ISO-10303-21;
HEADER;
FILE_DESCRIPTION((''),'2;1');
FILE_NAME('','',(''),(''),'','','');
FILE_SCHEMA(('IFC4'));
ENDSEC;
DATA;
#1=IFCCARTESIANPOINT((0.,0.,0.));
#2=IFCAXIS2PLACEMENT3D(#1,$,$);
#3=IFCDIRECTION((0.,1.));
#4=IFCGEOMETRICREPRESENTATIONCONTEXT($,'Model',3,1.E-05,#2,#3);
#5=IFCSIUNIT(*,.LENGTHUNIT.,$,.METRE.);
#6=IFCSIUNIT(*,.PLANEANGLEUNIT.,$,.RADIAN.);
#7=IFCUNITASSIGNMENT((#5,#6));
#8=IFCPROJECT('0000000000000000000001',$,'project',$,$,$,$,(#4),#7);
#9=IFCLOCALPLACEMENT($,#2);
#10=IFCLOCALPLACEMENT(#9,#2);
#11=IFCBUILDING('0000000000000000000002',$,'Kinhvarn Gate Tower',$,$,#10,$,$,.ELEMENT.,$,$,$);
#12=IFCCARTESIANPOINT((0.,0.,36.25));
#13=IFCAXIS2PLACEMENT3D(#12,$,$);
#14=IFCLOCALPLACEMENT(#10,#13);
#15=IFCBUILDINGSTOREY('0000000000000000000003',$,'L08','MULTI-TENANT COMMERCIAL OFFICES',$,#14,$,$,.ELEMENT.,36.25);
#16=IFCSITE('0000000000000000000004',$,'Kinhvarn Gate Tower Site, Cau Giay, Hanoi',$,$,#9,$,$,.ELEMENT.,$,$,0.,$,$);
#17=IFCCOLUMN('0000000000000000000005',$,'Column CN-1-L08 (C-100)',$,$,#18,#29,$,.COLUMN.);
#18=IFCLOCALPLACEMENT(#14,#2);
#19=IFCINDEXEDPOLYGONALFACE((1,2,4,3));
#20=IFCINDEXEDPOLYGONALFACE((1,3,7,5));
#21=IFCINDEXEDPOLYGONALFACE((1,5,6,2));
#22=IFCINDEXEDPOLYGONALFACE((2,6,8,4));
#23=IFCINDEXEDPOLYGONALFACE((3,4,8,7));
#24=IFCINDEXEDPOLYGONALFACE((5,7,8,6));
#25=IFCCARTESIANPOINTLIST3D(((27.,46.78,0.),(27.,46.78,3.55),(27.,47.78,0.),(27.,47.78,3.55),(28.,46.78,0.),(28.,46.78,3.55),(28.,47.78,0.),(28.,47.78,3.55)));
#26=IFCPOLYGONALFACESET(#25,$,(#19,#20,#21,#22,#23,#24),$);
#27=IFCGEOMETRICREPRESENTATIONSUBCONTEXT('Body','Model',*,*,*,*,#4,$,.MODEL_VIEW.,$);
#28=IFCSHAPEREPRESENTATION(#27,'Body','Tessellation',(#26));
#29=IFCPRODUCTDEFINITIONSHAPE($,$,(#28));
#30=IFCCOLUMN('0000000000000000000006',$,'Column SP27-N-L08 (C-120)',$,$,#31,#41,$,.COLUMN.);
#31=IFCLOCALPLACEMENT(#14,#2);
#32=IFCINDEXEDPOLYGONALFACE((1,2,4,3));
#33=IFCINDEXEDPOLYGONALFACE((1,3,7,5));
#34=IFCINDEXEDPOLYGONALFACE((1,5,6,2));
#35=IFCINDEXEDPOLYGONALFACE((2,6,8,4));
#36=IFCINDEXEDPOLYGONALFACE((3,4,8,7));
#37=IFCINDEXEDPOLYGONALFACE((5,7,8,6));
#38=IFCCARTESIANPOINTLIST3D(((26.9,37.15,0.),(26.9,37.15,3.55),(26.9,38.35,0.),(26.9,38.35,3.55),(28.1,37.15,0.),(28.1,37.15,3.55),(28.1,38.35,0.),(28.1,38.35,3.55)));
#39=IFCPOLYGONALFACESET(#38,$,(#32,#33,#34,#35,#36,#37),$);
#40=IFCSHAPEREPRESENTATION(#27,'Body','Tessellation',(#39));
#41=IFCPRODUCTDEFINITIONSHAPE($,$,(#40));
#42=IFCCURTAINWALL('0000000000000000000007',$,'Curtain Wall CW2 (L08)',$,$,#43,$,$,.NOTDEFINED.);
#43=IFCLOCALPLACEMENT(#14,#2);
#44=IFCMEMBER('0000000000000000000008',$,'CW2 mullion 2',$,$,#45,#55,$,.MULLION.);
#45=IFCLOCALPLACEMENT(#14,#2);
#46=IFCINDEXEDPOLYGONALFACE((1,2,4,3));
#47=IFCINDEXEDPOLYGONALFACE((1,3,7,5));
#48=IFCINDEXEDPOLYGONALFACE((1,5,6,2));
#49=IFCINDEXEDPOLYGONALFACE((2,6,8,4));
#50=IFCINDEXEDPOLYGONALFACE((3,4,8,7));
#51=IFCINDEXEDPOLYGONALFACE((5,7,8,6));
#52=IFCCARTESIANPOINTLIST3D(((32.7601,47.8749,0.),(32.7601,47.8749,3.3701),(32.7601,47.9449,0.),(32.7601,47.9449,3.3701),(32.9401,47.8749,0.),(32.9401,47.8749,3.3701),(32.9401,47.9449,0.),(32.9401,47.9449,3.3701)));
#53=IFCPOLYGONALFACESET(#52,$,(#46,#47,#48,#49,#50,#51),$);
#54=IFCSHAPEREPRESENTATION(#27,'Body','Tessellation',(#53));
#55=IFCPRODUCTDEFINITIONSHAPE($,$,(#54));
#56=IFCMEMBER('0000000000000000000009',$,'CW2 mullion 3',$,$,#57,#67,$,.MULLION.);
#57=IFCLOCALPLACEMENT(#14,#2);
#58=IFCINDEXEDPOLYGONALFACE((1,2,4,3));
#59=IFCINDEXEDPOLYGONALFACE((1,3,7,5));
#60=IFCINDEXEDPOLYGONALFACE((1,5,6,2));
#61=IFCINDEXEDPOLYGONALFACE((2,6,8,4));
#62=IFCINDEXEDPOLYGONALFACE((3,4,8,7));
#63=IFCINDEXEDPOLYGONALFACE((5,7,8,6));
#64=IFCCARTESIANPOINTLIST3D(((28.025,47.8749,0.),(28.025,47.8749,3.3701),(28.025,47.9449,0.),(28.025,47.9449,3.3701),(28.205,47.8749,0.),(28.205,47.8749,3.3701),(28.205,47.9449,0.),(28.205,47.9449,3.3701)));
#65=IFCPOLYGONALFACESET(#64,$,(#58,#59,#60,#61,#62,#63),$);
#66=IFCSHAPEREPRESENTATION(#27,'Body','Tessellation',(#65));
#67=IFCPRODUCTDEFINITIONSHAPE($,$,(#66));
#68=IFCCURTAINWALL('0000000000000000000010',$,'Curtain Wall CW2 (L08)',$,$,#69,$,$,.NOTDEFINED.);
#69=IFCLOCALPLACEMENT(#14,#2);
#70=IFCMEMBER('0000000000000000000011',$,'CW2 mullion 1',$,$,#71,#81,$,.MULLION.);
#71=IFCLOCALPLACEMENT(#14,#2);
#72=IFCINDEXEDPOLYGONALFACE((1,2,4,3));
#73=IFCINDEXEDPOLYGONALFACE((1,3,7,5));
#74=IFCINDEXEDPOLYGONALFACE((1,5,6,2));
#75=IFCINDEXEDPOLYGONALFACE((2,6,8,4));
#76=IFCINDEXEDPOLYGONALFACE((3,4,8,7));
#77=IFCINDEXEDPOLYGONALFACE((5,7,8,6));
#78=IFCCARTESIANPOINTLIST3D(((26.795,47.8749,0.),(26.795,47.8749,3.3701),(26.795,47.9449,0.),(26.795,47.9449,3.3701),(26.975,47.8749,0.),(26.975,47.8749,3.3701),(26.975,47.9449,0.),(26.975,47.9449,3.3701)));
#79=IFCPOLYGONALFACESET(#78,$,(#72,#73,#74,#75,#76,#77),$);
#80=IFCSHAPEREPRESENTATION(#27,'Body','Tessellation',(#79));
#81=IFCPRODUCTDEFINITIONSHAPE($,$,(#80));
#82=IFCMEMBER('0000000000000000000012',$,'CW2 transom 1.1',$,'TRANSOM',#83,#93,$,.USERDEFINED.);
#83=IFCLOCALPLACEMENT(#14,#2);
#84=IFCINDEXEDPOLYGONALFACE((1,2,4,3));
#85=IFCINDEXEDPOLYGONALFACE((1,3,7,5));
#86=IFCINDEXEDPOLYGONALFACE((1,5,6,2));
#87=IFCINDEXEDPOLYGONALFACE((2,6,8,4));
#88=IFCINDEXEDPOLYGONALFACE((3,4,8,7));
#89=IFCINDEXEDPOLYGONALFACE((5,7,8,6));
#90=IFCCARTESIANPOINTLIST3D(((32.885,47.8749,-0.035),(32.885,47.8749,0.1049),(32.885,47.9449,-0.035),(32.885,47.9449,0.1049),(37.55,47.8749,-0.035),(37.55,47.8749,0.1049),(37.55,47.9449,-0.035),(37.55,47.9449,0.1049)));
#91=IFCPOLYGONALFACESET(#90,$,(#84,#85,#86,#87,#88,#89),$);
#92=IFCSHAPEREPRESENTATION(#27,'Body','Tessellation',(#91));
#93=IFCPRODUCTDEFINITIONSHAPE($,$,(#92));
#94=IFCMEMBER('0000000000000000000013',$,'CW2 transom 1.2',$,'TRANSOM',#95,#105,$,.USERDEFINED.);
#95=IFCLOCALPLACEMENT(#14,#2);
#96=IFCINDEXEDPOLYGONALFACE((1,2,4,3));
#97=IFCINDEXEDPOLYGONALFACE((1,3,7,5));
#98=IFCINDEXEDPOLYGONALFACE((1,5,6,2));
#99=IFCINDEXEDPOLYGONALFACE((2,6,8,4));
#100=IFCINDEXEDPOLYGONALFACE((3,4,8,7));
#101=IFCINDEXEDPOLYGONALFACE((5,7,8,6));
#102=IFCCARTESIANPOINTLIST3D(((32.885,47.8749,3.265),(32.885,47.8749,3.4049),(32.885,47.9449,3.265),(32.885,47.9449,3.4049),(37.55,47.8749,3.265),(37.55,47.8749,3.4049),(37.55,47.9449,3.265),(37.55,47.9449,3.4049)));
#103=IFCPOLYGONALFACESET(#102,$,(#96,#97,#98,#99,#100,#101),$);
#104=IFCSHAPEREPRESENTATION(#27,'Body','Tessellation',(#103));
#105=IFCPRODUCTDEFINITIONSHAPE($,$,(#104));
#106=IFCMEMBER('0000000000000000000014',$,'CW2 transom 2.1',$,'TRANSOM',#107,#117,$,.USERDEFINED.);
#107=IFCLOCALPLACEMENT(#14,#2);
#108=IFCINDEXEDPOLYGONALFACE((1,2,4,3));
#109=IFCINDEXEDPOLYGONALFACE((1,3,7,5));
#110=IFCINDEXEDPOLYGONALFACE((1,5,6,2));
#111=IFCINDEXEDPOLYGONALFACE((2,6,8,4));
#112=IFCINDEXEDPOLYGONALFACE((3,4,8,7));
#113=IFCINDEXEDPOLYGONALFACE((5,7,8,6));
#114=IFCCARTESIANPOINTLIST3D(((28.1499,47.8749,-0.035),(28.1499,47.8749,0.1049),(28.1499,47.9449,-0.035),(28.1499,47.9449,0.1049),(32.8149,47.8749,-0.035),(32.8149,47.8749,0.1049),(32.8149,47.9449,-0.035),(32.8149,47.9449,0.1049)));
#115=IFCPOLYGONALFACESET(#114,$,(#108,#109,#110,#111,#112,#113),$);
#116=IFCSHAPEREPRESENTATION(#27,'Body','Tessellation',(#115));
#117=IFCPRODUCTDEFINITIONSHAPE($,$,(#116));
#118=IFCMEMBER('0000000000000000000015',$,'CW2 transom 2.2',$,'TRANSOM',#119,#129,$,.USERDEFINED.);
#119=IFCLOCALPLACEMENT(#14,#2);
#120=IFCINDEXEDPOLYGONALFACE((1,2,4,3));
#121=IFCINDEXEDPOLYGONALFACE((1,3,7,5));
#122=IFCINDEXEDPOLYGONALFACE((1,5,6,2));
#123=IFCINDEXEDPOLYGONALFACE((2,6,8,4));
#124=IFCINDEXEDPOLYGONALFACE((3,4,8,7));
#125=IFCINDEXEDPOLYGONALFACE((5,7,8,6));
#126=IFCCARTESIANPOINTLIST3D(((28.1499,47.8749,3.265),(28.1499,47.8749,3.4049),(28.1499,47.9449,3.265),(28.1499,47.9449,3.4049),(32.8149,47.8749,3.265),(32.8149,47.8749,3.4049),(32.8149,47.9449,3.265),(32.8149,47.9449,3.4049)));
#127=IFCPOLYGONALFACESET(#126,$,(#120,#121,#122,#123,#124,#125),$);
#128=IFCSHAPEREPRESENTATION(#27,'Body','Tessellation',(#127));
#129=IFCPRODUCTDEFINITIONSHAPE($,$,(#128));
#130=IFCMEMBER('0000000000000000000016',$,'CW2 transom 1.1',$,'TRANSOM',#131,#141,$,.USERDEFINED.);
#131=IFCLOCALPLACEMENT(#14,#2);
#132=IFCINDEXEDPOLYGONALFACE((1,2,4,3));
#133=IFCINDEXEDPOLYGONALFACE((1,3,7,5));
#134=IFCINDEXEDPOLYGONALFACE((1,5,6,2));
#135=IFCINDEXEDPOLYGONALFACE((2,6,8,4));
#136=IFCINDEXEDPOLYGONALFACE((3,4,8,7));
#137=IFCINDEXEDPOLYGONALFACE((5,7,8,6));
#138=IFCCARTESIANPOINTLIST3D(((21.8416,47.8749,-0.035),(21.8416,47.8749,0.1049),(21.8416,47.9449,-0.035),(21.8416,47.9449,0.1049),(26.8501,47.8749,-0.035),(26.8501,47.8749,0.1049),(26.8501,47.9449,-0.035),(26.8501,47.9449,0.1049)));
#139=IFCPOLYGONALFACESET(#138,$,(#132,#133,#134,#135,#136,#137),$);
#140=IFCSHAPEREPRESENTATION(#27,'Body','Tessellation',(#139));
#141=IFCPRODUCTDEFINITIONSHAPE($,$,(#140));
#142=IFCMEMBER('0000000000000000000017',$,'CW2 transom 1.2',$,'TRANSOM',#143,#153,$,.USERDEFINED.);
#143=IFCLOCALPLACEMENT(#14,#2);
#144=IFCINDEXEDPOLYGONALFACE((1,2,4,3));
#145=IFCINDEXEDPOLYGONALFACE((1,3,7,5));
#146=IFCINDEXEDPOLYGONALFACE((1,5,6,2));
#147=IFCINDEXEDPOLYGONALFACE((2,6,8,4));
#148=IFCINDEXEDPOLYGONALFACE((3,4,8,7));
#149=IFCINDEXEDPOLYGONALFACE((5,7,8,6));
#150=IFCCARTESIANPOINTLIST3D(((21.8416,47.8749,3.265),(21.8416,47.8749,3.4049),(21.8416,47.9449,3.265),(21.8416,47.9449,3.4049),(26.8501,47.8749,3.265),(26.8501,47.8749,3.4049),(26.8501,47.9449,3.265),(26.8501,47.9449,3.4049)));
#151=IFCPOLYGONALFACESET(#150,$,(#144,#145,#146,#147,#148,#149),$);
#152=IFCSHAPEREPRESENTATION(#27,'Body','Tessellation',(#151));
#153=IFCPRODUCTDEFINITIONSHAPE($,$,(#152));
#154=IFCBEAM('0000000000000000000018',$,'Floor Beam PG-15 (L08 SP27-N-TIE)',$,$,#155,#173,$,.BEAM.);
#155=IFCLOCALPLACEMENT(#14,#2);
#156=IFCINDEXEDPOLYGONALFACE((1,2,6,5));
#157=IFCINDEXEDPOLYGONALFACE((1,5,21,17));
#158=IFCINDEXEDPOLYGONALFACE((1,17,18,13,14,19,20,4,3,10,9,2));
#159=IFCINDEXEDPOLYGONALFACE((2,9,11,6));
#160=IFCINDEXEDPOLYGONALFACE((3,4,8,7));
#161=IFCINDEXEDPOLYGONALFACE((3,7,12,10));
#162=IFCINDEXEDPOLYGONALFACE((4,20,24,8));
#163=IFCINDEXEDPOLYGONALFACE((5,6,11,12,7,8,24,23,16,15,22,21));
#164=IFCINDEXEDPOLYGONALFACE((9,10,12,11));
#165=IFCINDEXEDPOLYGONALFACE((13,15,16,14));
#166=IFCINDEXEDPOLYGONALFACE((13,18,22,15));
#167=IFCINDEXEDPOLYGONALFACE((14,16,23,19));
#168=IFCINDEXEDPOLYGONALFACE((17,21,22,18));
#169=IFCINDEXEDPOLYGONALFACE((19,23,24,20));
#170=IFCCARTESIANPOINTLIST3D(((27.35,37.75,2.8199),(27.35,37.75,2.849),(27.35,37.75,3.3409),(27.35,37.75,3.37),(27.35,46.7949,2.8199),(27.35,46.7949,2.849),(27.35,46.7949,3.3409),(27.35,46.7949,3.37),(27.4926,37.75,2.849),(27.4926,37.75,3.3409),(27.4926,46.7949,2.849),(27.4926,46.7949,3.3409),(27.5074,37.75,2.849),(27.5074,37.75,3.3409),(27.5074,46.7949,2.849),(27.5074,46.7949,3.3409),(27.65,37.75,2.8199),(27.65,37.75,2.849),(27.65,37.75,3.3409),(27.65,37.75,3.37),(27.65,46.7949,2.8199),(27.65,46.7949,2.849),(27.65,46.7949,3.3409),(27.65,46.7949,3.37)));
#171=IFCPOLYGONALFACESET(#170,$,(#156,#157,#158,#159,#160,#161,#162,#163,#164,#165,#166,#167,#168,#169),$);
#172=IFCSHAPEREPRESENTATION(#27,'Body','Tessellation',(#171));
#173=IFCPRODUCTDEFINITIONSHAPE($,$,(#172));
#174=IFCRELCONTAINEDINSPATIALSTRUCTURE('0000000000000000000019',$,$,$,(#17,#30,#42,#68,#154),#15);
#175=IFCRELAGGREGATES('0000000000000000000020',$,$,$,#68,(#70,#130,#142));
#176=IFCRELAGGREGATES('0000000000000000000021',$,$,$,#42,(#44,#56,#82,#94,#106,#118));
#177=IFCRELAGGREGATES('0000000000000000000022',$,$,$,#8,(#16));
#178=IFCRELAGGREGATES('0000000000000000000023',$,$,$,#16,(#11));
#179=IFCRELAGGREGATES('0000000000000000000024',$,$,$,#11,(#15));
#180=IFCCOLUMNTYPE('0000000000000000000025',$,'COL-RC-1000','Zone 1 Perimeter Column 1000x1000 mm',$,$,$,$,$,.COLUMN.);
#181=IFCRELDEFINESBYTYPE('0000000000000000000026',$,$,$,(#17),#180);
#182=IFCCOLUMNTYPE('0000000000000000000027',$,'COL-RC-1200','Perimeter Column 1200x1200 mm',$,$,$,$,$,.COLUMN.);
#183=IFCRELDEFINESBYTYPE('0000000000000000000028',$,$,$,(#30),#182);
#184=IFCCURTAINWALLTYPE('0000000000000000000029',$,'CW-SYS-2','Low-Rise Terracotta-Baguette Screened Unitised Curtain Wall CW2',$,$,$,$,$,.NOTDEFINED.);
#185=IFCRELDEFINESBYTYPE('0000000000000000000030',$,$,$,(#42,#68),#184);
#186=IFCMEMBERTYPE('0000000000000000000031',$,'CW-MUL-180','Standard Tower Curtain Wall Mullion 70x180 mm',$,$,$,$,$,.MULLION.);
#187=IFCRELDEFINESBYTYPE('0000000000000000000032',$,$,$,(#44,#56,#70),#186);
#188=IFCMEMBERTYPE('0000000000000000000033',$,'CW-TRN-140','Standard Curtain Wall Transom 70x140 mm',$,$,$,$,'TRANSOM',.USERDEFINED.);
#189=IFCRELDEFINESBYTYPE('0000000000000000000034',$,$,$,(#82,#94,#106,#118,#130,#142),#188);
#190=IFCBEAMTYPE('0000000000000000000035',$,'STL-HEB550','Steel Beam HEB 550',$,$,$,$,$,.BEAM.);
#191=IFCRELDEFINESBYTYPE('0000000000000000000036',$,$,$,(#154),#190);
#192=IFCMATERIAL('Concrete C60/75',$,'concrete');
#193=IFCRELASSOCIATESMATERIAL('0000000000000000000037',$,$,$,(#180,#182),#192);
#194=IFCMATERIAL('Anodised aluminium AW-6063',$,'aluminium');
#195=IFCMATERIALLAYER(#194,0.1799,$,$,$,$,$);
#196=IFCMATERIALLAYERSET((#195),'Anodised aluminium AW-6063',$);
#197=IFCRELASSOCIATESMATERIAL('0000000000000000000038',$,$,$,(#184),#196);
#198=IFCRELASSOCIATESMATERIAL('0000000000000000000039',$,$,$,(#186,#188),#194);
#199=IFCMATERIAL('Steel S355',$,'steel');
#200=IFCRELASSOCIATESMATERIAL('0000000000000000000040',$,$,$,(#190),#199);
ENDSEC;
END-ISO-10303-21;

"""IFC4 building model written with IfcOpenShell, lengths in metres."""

from ifc_helpers import new_model, si_unit, direction, frame, origin, origin_2d, place, context, subcontext, project, spatial, rectangle, i_section, extrude, material, layer, layer_set, material_profile, profile_set, type_object, element, aggregate, save


model = new_model("IFC4")

# Units and contexts
model_context = context("Model", 3, precision=1e-05, world=origin(), true_north=direction((0.0, 1.0)))
body_context = subcontext(model_context, "Body", "Model", "MODEL_VIEW")
ifc_project = project(units=[si_unit("LENGTHUNIT", "METRE"), si_unit("PLANEANGLEUNIT", "RADIAN")], contexts=[model_context])

# Site, building, storey
site_placement = place(None, origin())
site = spatial("IfcSite", under=ifc_project, at=site_placement, Name="Kinhvarn Gate Tower Site, Cau Giay, Hanoi", CompositionType="ELEMENT", RefElevation=0.0)
building_placement = place(site_placement, origin())
building = spatial("IfcBuilding", under=site, at=building_placement, Name="Kinhvarn Gate Tower", CompositionType="ELEMENT")
storey_placement = place(building_placement, frame((0.0, 0.0, 36.25)))
storey = spatial("IfcBuildingStorey", under=building, at=storey_placement, Name="L08", Description="MULTI-TENANT COMMERCIAL OFFICES", CompositionType="ELEMENT", Elevation=36.25)

# Columns
ifc_material_1 = material(Name="Concrete C60/75", Category="concrete")
ifc_material_profile_1 = material_profile(ifc_material_1, rectangle(XDim=1.0, YDim=1.0, at=origin_2d()), Name="RC 1000x1000")
ifc_profile_set_1 = profile_set([ifc_material_profile_1], Name="Concrete C60/75")
column_type_1 = type_object("IfcColumnType", Name="COL-RC-1000", Description="Zone 1 Perimeter Column 1000x1000 mm", PredefinedType="COLUMN", material=ifc_profile_set_1)
column_1_placement = place(storey_placement, frame((27.5, 47.28, 0.0), z_axis=(0.0, 0.0, 1.0), x_axis=(1.0, 0.0, 0.0)))
element("IfcColumn", 1, at=column_1_placement, inside=storey, type_object=column_type_1, Name="Column CN-1-L08 (C-100)", PredefinedType="COLUMN", context=body_context, shape_type="SweptSolid", body=[
    extrude(rectangle(XDim=1.0, YDim=1.0, at=origin_2d()), origin(), (0.0, 0.0, 1.0), 3.55),
])
ifc_material_profile_2 = material_profile(ifc_material_1, rectangle(XDim=1.2, YDim=1.2, at=origin_2d()), Name="RC 1200x1200")
ifc_profile_set_2 = profile_set([ifc_material_profile_2], Name="Concrete C60/75")
column_type_2 = type_object("IfcColumnType", Name="COL-RC-1200", Description="Perimeter Column 1200x1200 mm", PredefinedType="COLUMN", material=ifc_profile_set_2)
column_2_placement = place(storey_placement, frame((27.5, 37.75, 0.0), z_axis=(0.0, 0.0, 1.0), x_axis=(1.0, 0.0, 0.0)))
element("IfcColumn", 2, at=column_2_placement, inside=storey, type_object=column_type_2, Name="Column SP27-N-L08 (C-120)", PredefinedType="COLUMN", context=body_context, shape_type="SweptSolid", body=[
    extrude(rectangle(XDim=1.2, YDim=1.2, at=origin_2d()), origin(), (0.0, 0.0, 1.0), 3.55),
])

# Curtain wall, members
ifc_material_2 = material(Name="Anodised aluminium AW-6063", Category="aluminium")
ifc_layer_1 = layer(ifc_material_2, 0.1799)
ifc_layer_set_1 = layer_set([ifc_layer_1], Name="Anodised aluminium AW-6063")
curtain_wall_type = type_object("IfcCurtainWallType", Name="CW-SYS-2", Description="Low-Rise Terracotta-Baguette Screened Unitised Curtain Wall CW2", PredefinedType="NOTDEFINED", material=ifc_layer_set_1)
curtain_wall_1_placement = place(storey_placement, origin())
curtain_wall_1 = element("IfcCurtainWall", 3, at=curtain_wall_1_placement, inside=storey, type_object=curtain_wall_type, Name="Curtain Wall CW2 (L08)", PredefinedType="NOTDEFINED")
ifc_material_profile_3 = material_profile(ifc_material_2, rectangle(XDim=0.0701, YDim=0.1799, at=origin_2d()), Name="ALU 70x180")
ifc_profile_set_3 = profile_set([ifc_material_profile_3], Name="Anodised aluminium AW-6063")
member_type_1 = type_object("IfcMemberType", Name="CW-MUL-180", Description="Standard Tower Curtain Wall Mullion 70x180 mm", PredefinedType="MULLION", material=ifc_profile_set_3)
member_1_placement = place(storey_placement, frame((32.8501, 47.9099, 0.0), z_axis=(0.0, 0.0, 1.0), x_axis=(0.0, -1.0, 0.0)))
member_1 = element("IfcMember", 4, at=member_1_placement, type_object=member_type_1, Name="CW2 mullion 2", PredefinedType="MULLION", context=body_context, shape_type="SweptSolid", body=[
    extrude(rectangle(XDim=0.0701, YDim=0.1799, at=origin_2d()), origin(), (0.0, 0.0, 1.0), 3.3701),
])
member_2_placement = place(storey_placement, frame((28.115, 47.9099, 0.0), z_axis=(0.0, 0.0, 1.0), x_axis=(0.0, -1.0, 0.0)))
member_2 = element("IfcMember", 5, at=member_2_placement, type_object=member_type_1, Name="CW2 mullion 3", PredefinedType="MULLION", context=body_context, shape_type="SweptSolid", body=[
    extrude(rectangle(XDim=0.0701, YDim=0.1799, at=origin_2d()), origin(), (0.0, 0.0, 1.0), 3.3701),
])

# Curtain wall, member
curtain_wall_2_placement = place(storey_placement, origin())
curtain_wall_2 = element("IfcCurtainWall", 6, at=curtain_wall_2_placement, inside=storey, type_object=curtain_wall_type, Name="Curtain Wall CW2 (L08)", PredefinedType="NOTDEFINED")
member_3_placement = place(storey_placement, frame((26.885, 47.9099, 0.0), z_axis=(0.0, 0.0, 1.0), x_axis=(0.0, -1.0, 0.0)))
member_3 = element("IfcMember", 7, at=member_3_placement, type_object=member_type_1, Name="CW2 mullion 1", PredefinedType="MULLION", context=body_context, shape_type="SweptSolid", body=[
    extrude(rectangle(XDim=0.0701, YDim=0.1799, at=origin_2d()), origin(), (0.0, 0.0, 1.0), 3.3701),
])

# Members
ifc_material_profile_4 = material_profile(ifc_material_2, rectangle(XDim=0.0701, YDim=0.1399, at=origin_2d()), Name="ALU 70x140")
ifc_profile_set_4 = profile_set([ifc_material_profile_4], Name="Anodised aluminium AW-6063")
member_type_2 = type_object("IfcMemberType", Name="CW-TRN-140", Description="Standard Curtain Wall Transom 70x140 mm", ElementType="TRANSOM", PredefinedType="USERDEFINED", material=ifc_profile_set_4)
member_4_placement = place(storey_placement, frame((37.55, 47.9099, 0.0349), z_axis=(-1.0, 0.0, 0.0), x_axis=(0.0, -1.0, 0.0)))
member_4 = element("IfcMember", 8, at=member_4_placement, type_object=member_type_2, Name="CW2 transom 1.1", ObjectType="TRANSOM", PredefinedType="USERDEFINED", context=body_context, shape_type="SweptSolid", body=[
    extrude(rectangle(XDim=0.0701, YDim=0.1399, at=origin_2d()), origin(), (0.0, 0.0, 1.0), 4.665),
])
member_5_placement = place(storey_placement, frame((37.55, 47.9099, 3.335), z_axis=(-1.0, 0.0, 0.0), x_axis=(0.0, -1.0, 0.0)))
member_5 = element("IfcMember", 9, at=member_5_placement, type_object=member_type_2, Name="CW2 transom 1.2", ObjectType="TRANSOM", PredefinedType="USERDEFINED", context=body_context, shape_type="SweptSolid", body=[
    extrude(rectangle(XDim=0.0701, YDim=0.1399, at=origin_2d()), origin(), (0.0, 0.0, 1.0), 4.665),
])
member_6_placement = place(storey_placement, frame((32.8149, 47.9099, 0.0349), z_axis=(-1.0, 0.0, 0.0), x_axis=(0.0, -1.0, 0.0)))
member_6 = element("IfcMember", 10, at=member_6_placement, type_object=member_type_2, Name="CW2 transom 2.1", ObjectType="TRANSOM", PredefinedType="USERDEFINED", context=body_context, shape_type="SweptSolid", body=[
    extrude(rectangle(XDim=0.0701, YDim=0.1399, at=origin_2d()), origin(), (0.0, 0.0, 1.0), 4.665),
])
member_7_placement = place(storey_placement, frame((32.8149, 47.9099, 3.335), z_axis=(-1.0, 0.0, 0.0), x_axis=(0.0, -1.0, 0.0)))
member_7 = element("IfcMember", 11, at=member_7_placement, type_object=member_type_2, Name="CW2 transom 2.2", ObjectType="TRANSOM", PredefinedType="USERDEFINED", context=body_context, shape_type="SweptSolid", body=[
    extrude(rectangle(XDim=0.0701, YDim=0.1399, at=origin_2d()), origin(), (0.0, 0.0, 1.0), 4.665),
])
member_8_placement = place(storey_placement, frame((26.8501, 47.9099, 0.0349), z_axis=(-1.0, 0.0, 0.0), x_axis=(0.0, -1.0, 0.0)))
member_8 = element("IfcMember", 12, at=member_8_placement, type_object=member_type_2, Name="CW2 transom 1.1", ObjectType="TRANSOM", PredefinedType="USERDEFINED", context=body_context, shape_type="SweptSolid", body=[
    extrude(rectangle(XDim=0.0701, YDim=0.1399, at=origin_2d()), origin(), (0.0, 0.0, 1.0), 5.0085),
])
member_9_placement = place(storey_placement, frame((26.8501, 47.9099, 3.335), z_axis=(-1.0, 0.0, 0.0), x_axis=(0.0, -1.0, 0.0)))
member_9 = element("IfcMember", 13, at=member_9_placement, type_object=member_type_2, Name="CW2 transom 1.2", ObjectType="TRANSOM", PredefinedType="USERDEFINED", context=body_context, shape_type="SweptSolid", body=[
    extrude(rectangle(XDim=0.0701, YDim=0.1399, at=origin_2d()), origin(), (0.0, 0.0, 1.0), 5.0085),
])
aggregate(curtain_wall_2, [member_3, member_8, member_9])

# Beam
ifc_material_3 = material(Name="Steel S355", Category="steel")
ifc_material_profile_5 = material_profile(ifc_material_3, i_section(OverallWidth=0.3, OverallDepth=0.55, WebThickness=0.0149, FlangeThickness=0.0291, at=origin_2d()), Name="HEB 550")
ifc_profile_set_5 = profile_set([ifc_material_profile_5], Name="Steel S355")
beam_type_1 = type_object("IfcBeamType", Name="STL-HEB550", Description="Steel Beam HEB 550", PredefinedType="BEAM", material=ifc_profile_set_5)
beam_1_placement = place(storey_placement, frame((27.5, 37.75, 3.095), z_axis=(0.0, 1.0, 0.0), x_axis=(-1.0, 0.0, 0.0)))
element("IfcBeam", 14, at=beam_1_placement, inside=storey, type_object=beam_type_1, Name="Floor Beam PG-15 (L08 SP27-N-TIE)", PredefinedType="BEAM", context=body_context, shape_type="SweptSolid", body=[
    extrude(i_section(OverallWidth=0.3, OverallDepth=0.55, WebThickness=0.0149, FlangeThickness=0.0291, at=origin_2d()), origin(), (0.0, 0.0, 1.0), 9.0449),
])

aggregate(curtain_wall_1, [member_1, member_2, member_4, member_5, member_6, member_7])

save(model, "model.ifc")
